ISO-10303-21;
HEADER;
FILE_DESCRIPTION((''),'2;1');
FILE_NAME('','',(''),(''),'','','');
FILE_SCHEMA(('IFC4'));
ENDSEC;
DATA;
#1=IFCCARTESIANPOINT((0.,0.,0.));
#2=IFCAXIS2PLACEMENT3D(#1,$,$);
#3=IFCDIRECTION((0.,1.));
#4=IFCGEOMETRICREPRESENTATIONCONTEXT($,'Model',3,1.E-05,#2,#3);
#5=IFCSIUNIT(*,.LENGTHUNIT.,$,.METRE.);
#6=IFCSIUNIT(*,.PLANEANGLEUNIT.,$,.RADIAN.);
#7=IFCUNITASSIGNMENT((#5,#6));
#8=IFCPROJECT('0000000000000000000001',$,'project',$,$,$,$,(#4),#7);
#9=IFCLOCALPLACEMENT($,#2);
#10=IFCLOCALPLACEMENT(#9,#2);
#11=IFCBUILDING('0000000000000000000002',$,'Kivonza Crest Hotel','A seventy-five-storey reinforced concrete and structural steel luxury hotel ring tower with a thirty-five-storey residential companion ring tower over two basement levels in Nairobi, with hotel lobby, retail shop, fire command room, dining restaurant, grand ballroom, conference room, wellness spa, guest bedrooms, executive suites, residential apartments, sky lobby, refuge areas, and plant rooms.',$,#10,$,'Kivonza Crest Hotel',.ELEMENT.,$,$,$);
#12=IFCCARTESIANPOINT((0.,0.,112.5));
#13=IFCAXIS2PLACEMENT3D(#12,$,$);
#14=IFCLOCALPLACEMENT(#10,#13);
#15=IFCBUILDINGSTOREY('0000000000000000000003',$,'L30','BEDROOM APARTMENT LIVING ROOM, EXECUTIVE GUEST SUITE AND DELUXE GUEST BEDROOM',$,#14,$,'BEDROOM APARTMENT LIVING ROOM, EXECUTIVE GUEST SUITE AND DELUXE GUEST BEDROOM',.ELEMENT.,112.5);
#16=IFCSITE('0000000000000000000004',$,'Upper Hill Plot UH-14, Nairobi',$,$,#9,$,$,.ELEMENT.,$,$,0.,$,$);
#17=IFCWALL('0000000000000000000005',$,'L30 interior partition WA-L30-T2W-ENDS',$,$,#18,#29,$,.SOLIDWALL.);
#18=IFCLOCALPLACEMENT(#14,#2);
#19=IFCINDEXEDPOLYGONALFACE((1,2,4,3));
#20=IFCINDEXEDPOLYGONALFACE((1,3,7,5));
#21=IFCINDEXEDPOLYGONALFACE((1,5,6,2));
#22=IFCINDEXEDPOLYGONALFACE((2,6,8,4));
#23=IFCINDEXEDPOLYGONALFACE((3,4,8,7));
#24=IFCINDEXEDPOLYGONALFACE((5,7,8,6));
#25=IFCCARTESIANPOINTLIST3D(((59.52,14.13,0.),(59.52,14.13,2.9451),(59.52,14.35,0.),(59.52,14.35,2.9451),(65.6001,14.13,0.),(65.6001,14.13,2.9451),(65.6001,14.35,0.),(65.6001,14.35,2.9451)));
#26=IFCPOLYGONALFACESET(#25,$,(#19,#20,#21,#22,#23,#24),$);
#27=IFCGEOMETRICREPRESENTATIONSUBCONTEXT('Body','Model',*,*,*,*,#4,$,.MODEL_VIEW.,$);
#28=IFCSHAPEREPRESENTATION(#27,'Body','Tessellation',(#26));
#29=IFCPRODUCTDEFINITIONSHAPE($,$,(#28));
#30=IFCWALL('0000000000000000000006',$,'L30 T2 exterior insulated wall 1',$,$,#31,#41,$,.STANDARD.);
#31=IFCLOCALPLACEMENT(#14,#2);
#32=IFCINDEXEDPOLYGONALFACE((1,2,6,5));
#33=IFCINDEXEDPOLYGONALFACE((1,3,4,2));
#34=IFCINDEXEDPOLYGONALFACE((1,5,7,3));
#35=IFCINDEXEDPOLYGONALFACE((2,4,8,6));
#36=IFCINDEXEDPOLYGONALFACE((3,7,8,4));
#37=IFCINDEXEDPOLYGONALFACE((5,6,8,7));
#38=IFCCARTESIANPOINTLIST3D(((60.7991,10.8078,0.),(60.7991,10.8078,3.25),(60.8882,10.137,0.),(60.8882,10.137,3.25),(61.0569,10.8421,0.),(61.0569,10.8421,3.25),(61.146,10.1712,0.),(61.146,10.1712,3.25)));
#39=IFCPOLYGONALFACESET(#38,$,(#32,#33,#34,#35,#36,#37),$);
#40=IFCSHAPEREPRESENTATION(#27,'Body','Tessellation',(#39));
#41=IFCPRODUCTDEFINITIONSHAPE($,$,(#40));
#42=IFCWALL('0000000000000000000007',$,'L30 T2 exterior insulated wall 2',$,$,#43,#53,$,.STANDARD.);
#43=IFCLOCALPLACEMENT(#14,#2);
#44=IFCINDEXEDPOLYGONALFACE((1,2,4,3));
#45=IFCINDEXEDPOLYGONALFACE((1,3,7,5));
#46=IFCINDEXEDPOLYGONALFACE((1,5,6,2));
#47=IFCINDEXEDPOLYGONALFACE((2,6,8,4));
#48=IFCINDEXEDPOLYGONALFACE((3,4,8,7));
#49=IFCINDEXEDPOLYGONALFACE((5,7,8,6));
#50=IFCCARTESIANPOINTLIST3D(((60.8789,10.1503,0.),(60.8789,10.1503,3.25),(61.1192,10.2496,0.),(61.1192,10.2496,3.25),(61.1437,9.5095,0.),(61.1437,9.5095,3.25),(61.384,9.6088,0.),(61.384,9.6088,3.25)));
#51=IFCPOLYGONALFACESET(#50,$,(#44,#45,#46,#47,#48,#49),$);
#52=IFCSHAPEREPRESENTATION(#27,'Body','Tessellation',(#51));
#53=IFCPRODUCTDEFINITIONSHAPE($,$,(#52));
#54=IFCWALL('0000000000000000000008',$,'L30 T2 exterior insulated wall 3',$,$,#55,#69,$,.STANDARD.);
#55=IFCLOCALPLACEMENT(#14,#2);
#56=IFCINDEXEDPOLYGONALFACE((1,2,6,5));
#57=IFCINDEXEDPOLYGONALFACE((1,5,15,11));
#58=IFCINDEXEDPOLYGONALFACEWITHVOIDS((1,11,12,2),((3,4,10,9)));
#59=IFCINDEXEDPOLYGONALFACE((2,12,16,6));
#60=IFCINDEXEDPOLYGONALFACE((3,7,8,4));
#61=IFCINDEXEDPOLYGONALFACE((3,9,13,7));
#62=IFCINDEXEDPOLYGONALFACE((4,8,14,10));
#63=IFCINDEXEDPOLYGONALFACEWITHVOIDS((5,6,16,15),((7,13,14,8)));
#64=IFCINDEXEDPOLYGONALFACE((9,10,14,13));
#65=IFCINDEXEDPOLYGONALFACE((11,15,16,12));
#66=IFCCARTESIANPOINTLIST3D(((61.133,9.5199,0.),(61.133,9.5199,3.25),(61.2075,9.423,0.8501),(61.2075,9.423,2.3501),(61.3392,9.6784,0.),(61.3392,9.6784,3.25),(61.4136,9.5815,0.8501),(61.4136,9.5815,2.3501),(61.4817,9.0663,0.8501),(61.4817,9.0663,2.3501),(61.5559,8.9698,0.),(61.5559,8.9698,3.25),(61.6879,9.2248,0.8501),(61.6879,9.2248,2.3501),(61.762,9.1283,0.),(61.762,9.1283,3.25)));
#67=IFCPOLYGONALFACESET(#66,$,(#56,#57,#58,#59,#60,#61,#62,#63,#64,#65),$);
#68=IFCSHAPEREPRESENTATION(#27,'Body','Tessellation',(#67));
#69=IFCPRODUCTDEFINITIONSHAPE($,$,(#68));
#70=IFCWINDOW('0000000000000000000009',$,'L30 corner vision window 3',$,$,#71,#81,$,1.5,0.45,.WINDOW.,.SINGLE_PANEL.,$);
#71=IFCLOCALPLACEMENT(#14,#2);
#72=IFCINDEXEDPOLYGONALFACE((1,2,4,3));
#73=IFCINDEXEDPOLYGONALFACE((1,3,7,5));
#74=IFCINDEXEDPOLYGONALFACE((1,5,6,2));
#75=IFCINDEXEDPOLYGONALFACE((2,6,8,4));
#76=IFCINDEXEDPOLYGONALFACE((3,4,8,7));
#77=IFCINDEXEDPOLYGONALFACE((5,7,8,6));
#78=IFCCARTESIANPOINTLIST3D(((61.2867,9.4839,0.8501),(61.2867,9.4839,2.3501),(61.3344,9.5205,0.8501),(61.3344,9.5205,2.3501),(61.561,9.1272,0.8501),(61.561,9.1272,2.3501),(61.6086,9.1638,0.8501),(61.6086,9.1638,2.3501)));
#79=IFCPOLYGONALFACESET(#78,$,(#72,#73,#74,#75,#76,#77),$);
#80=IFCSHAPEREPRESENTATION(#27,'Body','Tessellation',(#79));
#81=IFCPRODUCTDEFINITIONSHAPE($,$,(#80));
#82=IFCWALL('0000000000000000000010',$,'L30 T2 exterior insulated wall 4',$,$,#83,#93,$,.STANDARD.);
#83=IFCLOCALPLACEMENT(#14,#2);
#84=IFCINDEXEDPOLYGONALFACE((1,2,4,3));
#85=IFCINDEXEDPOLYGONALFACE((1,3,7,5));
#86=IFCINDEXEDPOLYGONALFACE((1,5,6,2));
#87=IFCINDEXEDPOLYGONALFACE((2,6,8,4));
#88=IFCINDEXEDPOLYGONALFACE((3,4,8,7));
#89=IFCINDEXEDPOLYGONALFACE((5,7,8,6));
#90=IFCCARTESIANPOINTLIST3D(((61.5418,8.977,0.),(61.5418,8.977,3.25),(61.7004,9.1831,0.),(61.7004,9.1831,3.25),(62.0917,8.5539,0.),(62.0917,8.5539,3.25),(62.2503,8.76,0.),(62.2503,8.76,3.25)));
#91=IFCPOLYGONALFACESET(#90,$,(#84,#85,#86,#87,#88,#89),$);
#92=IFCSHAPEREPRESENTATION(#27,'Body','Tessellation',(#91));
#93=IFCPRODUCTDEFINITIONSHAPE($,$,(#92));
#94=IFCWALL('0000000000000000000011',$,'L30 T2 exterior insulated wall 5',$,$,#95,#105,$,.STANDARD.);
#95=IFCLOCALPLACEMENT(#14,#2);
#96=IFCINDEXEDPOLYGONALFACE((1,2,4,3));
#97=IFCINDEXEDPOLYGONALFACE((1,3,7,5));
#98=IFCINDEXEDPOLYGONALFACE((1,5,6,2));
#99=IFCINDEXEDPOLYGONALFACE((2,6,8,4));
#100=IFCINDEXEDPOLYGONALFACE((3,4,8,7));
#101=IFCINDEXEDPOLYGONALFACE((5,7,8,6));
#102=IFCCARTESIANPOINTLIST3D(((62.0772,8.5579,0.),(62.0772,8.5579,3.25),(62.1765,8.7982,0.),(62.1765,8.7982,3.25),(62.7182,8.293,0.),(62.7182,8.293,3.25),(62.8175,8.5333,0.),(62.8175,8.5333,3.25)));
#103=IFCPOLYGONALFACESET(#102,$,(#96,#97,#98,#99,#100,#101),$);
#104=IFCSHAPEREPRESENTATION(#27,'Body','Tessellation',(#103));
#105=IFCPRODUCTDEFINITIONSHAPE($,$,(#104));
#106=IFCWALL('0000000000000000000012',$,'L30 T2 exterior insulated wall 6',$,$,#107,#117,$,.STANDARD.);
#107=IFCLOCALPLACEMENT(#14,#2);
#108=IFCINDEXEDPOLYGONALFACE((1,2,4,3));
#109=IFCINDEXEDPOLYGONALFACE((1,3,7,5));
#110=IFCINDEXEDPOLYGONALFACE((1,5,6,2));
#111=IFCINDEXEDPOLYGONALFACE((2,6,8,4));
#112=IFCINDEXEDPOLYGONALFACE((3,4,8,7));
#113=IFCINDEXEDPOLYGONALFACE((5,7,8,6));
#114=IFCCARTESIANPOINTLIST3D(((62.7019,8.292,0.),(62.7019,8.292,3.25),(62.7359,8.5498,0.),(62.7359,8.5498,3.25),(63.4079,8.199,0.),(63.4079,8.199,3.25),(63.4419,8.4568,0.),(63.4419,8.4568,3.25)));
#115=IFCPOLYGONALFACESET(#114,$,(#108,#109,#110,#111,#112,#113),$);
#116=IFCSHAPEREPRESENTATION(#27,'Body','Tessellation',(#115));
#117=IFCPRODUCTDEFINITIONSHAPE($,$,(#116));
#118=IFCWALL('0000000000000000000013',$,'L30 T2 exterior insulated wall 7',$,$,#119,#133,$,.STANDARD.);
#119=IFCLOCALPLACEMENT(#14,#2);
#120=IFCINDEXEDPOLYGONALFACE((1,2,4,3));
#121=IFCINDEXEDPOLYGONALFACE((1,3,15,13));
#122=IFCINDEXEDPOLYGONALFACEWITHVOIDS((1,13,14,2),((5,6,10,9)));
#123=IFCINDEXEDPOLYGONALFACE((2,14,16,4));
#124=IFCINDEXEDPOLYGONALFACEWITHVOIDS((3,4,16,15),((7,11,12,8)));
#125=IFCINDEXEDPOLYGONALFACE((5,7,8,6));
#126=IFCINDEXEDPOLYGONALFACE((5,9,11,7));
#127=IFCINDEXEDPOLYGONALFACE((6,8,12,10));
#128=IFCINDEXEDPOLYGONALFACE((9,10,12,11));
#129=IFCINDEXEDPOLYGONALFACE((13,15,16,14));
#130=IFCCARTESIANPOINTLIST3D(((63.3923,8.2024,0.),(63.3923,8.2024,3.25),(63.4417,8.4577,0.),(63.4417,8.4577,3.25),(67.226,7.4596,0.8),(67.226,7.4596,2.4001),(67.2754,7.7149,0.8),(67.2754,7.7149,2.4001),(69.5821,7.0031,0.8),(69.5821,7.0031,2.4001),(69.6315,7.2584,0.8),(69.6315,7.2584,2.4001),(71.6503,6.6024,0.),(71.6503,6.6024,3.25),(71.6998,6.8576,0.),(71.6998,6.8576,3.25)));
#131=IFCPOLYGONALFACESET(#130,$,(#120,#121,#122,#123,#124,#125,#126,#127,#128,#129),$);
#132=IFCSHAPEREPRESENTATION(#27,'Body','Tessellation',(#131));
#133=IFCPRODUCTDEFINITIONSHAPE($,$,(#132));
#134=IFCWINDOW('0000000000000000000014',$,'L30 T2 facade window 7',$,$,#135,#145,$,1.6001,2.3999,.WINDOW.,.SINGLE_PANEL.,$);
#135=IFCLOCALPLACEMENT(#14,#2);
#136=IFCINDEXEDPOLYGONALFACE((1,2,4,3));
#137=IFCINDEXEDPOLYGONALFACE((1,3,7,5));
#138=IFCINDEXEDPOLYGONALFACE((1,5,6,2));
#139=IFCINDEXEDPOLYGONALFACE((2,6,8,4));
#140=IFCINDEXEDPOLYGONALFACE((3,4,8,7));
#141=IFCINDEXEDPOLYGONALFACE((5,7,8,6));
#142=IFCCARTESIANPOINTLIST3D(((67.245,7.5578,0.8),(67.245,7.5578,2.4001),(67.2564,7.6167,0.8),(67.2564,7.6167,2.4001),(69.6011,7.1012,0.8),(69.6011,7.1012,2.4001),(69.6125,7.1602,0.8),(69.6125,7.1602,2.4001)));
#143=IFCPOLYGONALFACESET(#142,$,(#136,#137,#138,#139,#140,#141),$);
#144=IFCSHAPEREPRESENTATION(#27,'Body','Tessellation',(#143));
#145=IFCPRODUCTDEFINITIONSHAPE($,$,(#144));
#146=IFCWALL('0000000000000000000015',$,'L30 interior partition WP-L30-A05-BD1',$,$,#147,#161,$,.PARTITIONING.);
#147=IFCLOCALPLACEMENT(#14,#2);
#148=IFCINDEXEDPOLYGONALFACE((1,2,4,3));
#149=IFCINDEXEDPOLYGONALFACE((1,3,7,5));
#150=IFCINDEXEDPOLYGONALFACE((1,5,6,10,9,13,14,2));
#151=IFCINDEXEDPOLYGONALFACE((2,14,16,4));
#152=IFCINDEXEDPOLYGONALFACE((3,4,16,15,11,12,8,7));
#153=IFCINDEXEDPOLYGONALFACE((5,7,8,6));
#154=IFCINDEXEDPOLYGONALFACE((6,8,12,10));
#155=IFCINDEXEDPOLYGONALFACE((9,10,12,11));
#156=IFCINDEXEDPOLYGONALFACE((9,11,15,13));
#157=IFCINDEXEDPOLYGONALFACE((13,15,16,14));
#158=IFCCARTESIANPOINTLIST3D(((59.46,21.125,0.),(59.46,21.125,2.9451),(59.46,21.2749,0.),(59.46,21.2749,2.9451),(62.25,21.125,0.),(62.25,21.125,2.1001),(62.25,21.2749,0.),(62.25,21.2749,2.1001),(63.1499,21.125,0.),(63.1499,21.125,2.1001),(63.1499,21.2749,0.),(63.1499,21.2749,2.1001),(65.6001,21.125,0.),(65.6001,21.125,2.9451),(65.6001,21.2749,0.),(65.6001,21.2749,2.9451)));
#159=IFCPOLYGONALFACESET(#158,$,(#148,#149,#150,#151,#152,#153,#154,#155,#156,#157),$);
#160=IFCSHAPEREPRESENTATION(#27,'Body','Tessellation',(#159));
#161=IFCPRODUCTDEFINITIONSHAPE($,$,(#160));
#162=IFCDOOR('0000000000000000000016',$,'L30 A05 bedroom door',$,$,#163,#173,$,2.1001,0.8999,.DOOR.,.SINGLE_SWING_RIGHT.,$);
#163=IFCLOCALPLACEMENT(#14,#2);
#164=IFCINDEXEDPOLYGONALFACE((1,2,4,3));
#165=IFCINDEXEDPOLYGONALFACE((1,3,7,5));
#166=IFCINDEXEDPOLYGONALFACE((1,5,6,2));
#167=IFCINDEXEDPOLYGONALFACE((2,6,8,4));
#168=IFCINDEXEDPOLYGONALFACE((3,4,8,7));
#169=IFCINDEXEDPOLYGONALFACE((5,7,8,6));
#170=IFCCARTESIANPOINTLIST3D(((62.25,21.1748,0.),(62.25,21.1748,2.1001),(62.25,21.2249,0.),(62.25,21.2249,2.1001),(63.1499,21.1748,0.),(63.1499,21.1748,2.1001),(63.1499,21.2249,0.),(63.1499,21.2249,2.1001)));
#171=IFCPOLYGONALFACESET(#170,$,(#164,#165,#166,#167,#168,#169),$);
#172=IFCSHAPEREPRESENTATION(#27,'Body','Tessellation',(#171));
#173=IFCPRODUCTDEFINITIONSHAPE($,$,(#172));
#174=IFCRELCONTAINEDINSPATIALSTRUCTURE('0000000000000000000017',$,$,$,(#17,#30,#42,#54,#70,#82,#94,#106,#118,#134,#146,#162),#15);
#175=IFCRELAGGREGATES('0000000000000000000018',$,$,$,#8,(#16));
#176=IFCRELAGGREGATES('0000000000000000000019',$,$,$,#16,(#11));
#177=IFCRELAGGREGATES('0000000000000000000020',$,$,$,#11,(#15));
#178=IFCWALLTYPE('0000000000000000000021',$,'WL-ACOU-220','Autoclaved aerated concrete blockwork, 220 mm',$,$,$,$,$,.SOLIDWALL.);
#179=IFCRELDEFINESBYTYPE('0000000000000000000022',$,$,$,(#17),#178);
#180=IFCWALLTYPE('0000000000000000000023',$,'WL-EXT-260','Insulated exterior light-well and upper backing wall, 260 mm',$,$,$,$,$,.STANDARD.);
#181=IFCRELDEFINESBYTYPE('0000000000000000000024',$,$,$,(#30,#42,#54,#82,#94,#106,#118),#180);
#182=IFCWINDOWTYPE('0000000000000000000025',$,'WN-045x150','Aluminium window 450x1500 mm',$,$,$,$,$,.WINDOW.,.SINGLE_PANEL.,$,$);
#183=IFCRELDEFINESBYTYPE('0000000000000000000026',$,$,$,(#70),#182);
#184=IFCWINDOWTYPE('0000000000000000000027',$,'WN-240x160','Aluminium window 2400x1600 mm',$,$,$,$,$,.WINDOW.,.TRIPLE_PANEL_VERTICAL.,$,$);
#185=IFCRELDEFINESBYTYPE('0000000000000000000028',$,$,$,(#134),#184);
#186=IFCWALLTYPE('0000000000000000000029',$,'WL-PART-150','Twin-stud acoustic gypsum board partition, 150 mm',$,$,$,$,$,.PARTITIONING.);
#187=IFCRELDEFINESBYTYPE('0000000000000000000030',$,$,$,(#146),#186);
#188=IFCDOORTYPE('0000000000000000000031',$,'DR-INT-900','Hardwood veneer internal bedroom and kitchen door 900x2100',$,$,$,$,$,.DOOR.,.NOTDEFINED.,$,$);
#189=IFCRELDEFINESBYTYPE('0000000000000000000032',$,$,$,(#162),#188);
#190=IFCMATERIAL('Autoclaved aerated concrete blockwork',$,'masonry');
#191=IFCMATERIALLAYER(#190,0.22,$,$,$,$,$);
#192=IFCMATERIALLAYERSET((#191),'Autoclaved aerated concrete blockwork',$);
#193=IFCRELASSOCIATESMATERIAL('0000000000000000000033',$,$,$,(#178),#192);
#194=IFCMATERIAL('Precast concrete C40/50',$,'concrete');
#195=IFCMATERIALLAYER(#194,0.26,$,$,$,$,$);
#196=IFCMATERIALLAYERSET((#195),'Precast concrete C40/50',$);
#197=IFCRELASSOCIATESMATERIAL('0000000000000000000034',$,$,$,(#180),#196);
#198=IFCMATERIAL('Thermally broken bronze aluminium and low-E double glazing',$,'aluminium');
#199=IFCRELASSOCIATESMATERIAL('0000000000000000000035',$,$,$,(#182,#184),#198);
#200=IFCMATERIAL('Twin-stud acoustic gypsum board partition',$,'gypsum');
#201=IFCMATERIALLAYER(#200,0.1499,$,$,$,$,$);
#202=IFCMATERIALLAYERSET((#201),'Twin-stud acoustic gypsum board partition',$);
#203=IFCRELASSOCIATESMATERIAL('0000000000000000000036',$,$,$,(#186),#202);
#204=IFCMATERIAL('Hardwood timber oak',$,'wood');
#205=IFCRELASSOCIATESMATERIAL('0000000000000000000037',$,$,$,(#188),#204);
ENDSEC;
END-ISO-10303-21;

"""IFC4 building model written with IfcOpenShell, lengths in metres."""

from ifc_helpers import new_model, si_unit, direction, frame, frame_2d, origin, place, context, subcontext, project, spatial, rectangle, extrude, material, layer, layer_set, type_object, element, fill, save


model = new_model("IFC4")

# Units and contexts
model_context = context("Model", 3, precision=1e-05, world=origin(), true_north=direction((0.0, 1.0)))
body_context = subcontext(model_context, "Body", "Model", "MODEL_VIEW")
ifc_project = project(units=[si_unit("LENGTHUNIT", "METRE"), si_unit("PLANEANGLEUNIT", "RADIAN")], contexts=[model_context])

# Site, building, storey
site_placement = place(None, origin())
site = spatial("IfcSite", under=ifc_project, at=site_placement, Name="Upper Hill Plot UH-14, Nairobi", CompositionType="ELEMENT", RefElevation=0.0)
building_placement = place(site_placement, origin())
building = spatial("IfcBuilding", under=site, at=building_placement, Name="Kivonza Crest Hotel", Description="A seventy-five-storey reinforced concrete and structural steel luxury hotel ring tower with a thirty-five-storey residential companion ring tower over two basement levels in Nairobi, with hotel lobby, retail shop, fire command room, dining restaurant, grand ballroom, conference room, wellness spa, guest bedrooms, executive suites, residential apartments, sky lobby, refuge areas, and plant rooms.", LongName="Kivonza Crest Hotel", CompositionType="ELEMENT")
storey_placement = place(building_placement, frame((0.0, 0.0, 112.5)))
storey = spatial("IfcBuildingStorey", under=building, at=storey_placement, Name="L30", Description="BEDROOM APARTMENT LIVING ROOM, EXECUTIVE GUEST SUITE AND DELUXE GUEST BEDROOM", LongName="BEDROOM APARTMENT LIVING ROOM, EXECUTIVE GUEST SUITE AND DELUXE GUEST BEDROOM", CompositionType="ELEMENT", Elevation=112.5)

# Walls
ifc_material_1 = material(Name="Autoclaved aerated concrete blockwork", Category="masonry")
ifc_layer_1 = layer(ifc_material_1, 0.22)
ifc_layer_set_1 = layer_set([ifc_layer_1], Name="Autoclaved aerated concrete blockwork")
wall_type_1 = type_object("IfcWallType", Name="WL-ACOU-220", Description="Autoclaved aerated concrete blockwork, 220 mm", PredefinedType="SOLIDWALL", material=ifc_layer_set_1)
wall_1_placement = place(storey_placement, frame((59.52, 14.24, 0.0), z_axis=(0.0, 0.0, 1.0), x_axis=(1.0, 0.0, 0.0)))
element("IfcWall", 1, at=wall_1_placement, inside=storey, type_object=wall_type_1, Name="L30 interior partition WA-L30-T2W-ENDS", PredefinedType="SOLIDWALL", context=body_context, shape_type="SweptSolid", body=[
    extrude(rectangle(XDim=6.0801, YDim=0.22, at=frame_2d((3.04, 0.0))), origin(), (0.0, 0.0, 1.0), 2.9451),
])
ifc_material_2 = material(Name="Precast concrete C40/50", Category="concrete")
ifc_layer_2 = layer(ifc_material_2, 0.26)
ifc_layer_set_2 = layer_set([ifc_layer_2], Name="Precast concrete C40/50")
wall_type_2 = type_object("IfcWallType", Name="WL-EXT-260", Description="Insulated exterior light-well and upper backing wall, 260 mm", PredefinedType="STANDARD", material=ifc_layer_set_2)
wall_2_placement = place(storey_placement, frame((60.928, 10.825, 0.0), z_axis=(0.0, 0.0, 1.0), x_axis=(0.131667, -0.991294, 0.0)))
element("IfcWall", 2, at=wall_2_placement, inside=storey, type_object=wall_type_2, Name="L30 T2 exterior insulated wall 1", PredefinedType="STANDARD", context=body_context, shape_type="SweptSolid", body=[
    extrude(rectangle(XDim=0.6768, YDim=0.26, at=frame_2d((0.3384, 0.0))), origin(), (0.0, 0.0, 1.0), 3.25),
])
wall_3_placement = place(storey_placement, frame((60.999, 10.2, 0.0), z_axis=(0.0, 0.0, 1.0), x_axis=(0.381989, -0.924167, 0.0)))
element("IfcWall", 3, at=wall_3_placement, inside=storey, type_object=wall_type_2, Name="L30 T2 exterior insulated wall 2", PredefinedType="STANDARD", context=body_context, shape_type="SweptSolid", body=[
    extrude(rectangle(XDim=0.6934, YDim=0.26, at=frame_2d((0.3467, 0.0))), origin(), (0.0, 0.0, 1.0), 3.25),
])

# Wall, opening, window
wall_4_placement = place(storey_placement, frame((61.2361, 9.5991, 0.0), z_axis=(0.0, 0.0, 1.0), x_axis=(0.609473, -0.792807, 0.0)))
wall_4 = element("IfcWall", 4, at=wall_4_placement, inside=storey, type_object=wall_type_2, Name="L30 T2 exterior insulated wall 3", PredefinedType="STANDARD", context=body_context, shape_type="SweptSolid", body=[
    extrude(rectangle(XDim=0.6938, YDim=0.26, at=frame_2d((0.3469, 0.0))), origin(), (0.0, 0.0, 1.0), 3.25),
])
opening_1_placement = place(wall_4_placement, frame((0.1221, 0.0, 0.8501)))
opening_1 = element("IfcOpeningElement", 5, at=opening_1_placement, cuts=wall_4, PredefinedType="OPENING", context=body_context, shape_type="SweptSolid", body=[
    extrude(rectangle(XDim=0.45, YDim=1.5, at=frame_2d((0.2251, 0.75))), frame((0.0, 0.1401, 0.0), z_axis=(0.0, -1.0, 0.0), x_axis=(1.0, 0.0, 0.0)), (0.0, 0.0, 1.0), 0.28),
])
ifc_material_3 = material(Name="Thermally broken bronze aluminium and low-E double glazing", Category="aluminium")
window_type_1 = type_object("IfcWindowType", Name="WN-045x150", Description="Aluminium window 450x1500 mm", PartitioningType="SINGLE_PANEL", PredefinedType="WINDOW", material=ifc_material_3)
window_1_placement = place(opening_1_placement, origin())
window_1 = element("IfcWindow", 6, at=window_1_placement, inside=storey, type_object=window_type_1, Name="L30 corner vision window 3", OverallHeight=1.5, OverallWidth=0.45, PartitioningType="SINGLE_PANEL", PredefinedType="WINDOW", context=body_context, shape_type="SweptSolid", body=[
    extrude(rectangle(XDim=0.45, YDim=1.5, at=frame_2d((0.2251, 0.75))), frame((0.0, 0.03, 0.0), z_axis=(0.0, -1.0, 0.0), x_axis=(1.0, 0.0, 0.0)), (0.0, 0.0, 1.0), 0.0601),
])
fill(opening_1, window_1)

# Walls
wall_5_placement = place(storey_placement, frame((61.6211, 9.0801, 0.0), z_axis=(0.0, 0.0, 1.0), x_axis=(0.792506, -0.609864, 0.0)))
element("IfcWall", 7, at=wall_5_placement, inside=storey, type_object=wall_type_2, Name="L30 T2 exterior insulated wall 4", PredefinedType="STANDARD", context=body_context, shape_type="SweptSolid", body=[
    extrude(rectangle(XDim=0.6938, YDim=0.26, at=frame_2d((0.3469, 0.0))), origin(), (0.0, 0.0, 1.0), 3.25),
])
wall_6_placement = place(storey_placement, frame((62.127, 8.678, 0.0), z_axis=(0.0, 0.0, 1.0), x_axis=(0.924218, -0.381865, 0.0)))
element("IfcWall", 8, at=wall_6_placement, inside=storey, type_object=wall_type_2, Name="L30 T2 exterior insulated wall 5", PredefinedType="STANDARD", context=body_context, shape_type="SweptSolid", body=[
    extrude(rectangle(XDim=0.6936, YDim=0.26, at=frame_2d((0.3467, 0.0))), origin(), (0.0, 0.0, 1.0), 3.25),
])
wall_7_placement = place(storey_placement, frame((62.719, 8.4209, 0.0), z_axis=(0.0, 0.0, 1.0), x_axis=(0.991433, -0.130614, 0.0)))
element("IfcWall", 9, at=wall_7_placement, inside=storey, type_object=wall_type_2, Name="L30 T2 exterior insulated wall 6", PredefinedType="STANDARD", context=body_context, shape_type="SweptSolid", body=[
    extrude(rectangle(XDim=0.7122, YDim=0.26, at=frame_2d((0.356, 0.0))), origin(), (0.0, 0.0, 1.0), 3.25),
])

# Wall, opening, window
wall_8_placement = place(storey_placement, frame((63.417, 8.3301, 0.0), z_axis=(0.0, 0.0, 1.0), x_axis=(0.981741, -0.190224, 0.0)))
wall_8 = element("IfcWall", 10, at=wall_8_placement, inside=storey, type_object=wall_type_2, Name="L30 T2 exterior insulated wall 7", PredefinedType="STANDARD", context=body_context, shape_type="SweptSolid", body=[
    extrude(rectangle(XDim=8.4116, YDim=0.26, at=frame_2d((4.2058, 0.0))), origin(), (0.0, 0.0, 1.0), 3.25),
])
opening_2_placement = place(wall_8_placement, frame((3.905, 0.0, 0.8)))
opening_2 = element("IfcOpeningElement", 11, at=opening_2_placement, cuts=wall_8, PredefinedType="OPENING", context=body_context, shape_type="SweptSolid", body=[
    extrude(rectangle(XDim=2.3999, YDim=1.6001, at=frame_2d((1.2, 0.8))), frame((0.0, 0.1401, 0.0), z_axis=(0.0, -1.0, 0.0), x_axis=(1.0, 0.0, 0.0)), (0.0, 0.0, 1.0), 0.28),
])
window_type_2 = type_object("IfcWindowType", Name="WN-240x160", Description="Aluminium window 2400x1600 mm", PartitioningType="TRIPLE_PANEL_VERTICAL", PredefinedType="WINDOW", material=ifc_material_3)
window_2_placement = place(opening_2_placement, origin())
window_2 = element("IfcWindow", 12, at=window_2_placement, inside=storey, type_object=window_type_2, Name="L30 T2 facade window 7", OverallHeight=1.6001, OverallWidth=2.3999, PartitioningType="SINGLE_PANEL", PredefinedType="WINDOW", context=body_context, shape_type="SweptSolid", body=[
    extrude(rectangle(XDim=2.3999, YDim=1.6001, at=frame_2d((1.2, 0.8))), frame((0.0, 0.03, 0.0), z_axis=(0.0, -1.0, 0.0), x_axis=(1.0, 0.0, 0.0)), (0.0, 0.0, 1.0), 0.0601),
])
fill(opening_2, window_2)

# Wall, opening, door
ifc_material_4 = material(Name="Twin-stud acoustic gypsum board partition", Category="gypsum")
ifc_layer_3 = layer(ifc_material_4, 0.1499)
ifc_layer_set_3 = layer_set([ifc_layer_3], Name="Twin-stud acoustic gypsum board partition")
wall_type_3 = type_object("IfcWallType", Name="WL-PART-150", Description="Twin-stud acoustic gypsum board partition, 150 mm", PredefinedType="PARTITIONING", material=ifc_layer_set_3)
wall_9_placement = place(storey_placement, frame((59.46, 21.2, 0.0), z_axis=(0.0, 0.0, 1.0), x_axis=(1.0, 0.0, 0.0)))
wall_9 = element("IfcWall", 13, at=wall_9_placement, inside=storey, type_object=wall_type_3, Name="L30 interior partition WP-L30-A05-BD1", PredefinedType="PARTITIONING", context=body_context, shape_type="SweptSolid", body=[
    extrude(rectangle(XDim=6.1401, YDim=0.1499, at=frame_2d((3.0701, 0.0))), origin(), (0.0, 0.0, 1.0), 2.9451),
])
opening_3_placement = place(wall_9_placement, frame((2.79, 0.0, 0.0)))
opening_3 = element("IfcOpeningElement", 14, at=opening_3_placement, cuts=wall_9, PredefinedType="OPENING", context=body_context, shape_type="SweptSolid", body=[
    extrude(rectangle(XDim=0.8999, YDim=2.1001, at=frame_2d((0.45, 1.05))), frame((0.0, 0.085, 0.0), z_axis=(0.0, -1.0, 0.0), x_axis=(1.0, 0.0, 0.0)), (0.0, 0.0, 1.0), 0.1699),
])
ifc_material_5 = material(Name="Hardwood timber oak", Category="wood")
door_type_1 = type_object("IfcDoorType", Name="DR-INT-900", Description="Hardwood veneer internal bedroom and kitchen door 900x2100", OperationType="NOTDEFINED", PredefinedType="DOOR", material=ifc_material_5)
door_1_placement = place(opening_3_placement, origin())
door_1 = element("IfcDoor", 15, at=door_1_placement, inside=storey, type_object=door_type_1, Name="L30 A05 bedroom door", OperationType="SINGLE_SWING_RIGHT", OverallHeight=2.1001, OverallWidth=0.8999, PredefinedType="DOOR", context=body_context, shape_type="SweptSolid", body=[
    extrude(rectangle(XDim=0.8999, YDim=2.1001, at=frame_2d((0.45, 1.05))), frame((0.0, 0.0249, 0.0), z_axis=(0.0, -1.0, 0.0), x_axis=(1.0, 0.0, 0.0)), (0.0, 0.0, 1.0), 0.05),
])
fill(opening_3, door_1)

save(model, "model.ifc")
